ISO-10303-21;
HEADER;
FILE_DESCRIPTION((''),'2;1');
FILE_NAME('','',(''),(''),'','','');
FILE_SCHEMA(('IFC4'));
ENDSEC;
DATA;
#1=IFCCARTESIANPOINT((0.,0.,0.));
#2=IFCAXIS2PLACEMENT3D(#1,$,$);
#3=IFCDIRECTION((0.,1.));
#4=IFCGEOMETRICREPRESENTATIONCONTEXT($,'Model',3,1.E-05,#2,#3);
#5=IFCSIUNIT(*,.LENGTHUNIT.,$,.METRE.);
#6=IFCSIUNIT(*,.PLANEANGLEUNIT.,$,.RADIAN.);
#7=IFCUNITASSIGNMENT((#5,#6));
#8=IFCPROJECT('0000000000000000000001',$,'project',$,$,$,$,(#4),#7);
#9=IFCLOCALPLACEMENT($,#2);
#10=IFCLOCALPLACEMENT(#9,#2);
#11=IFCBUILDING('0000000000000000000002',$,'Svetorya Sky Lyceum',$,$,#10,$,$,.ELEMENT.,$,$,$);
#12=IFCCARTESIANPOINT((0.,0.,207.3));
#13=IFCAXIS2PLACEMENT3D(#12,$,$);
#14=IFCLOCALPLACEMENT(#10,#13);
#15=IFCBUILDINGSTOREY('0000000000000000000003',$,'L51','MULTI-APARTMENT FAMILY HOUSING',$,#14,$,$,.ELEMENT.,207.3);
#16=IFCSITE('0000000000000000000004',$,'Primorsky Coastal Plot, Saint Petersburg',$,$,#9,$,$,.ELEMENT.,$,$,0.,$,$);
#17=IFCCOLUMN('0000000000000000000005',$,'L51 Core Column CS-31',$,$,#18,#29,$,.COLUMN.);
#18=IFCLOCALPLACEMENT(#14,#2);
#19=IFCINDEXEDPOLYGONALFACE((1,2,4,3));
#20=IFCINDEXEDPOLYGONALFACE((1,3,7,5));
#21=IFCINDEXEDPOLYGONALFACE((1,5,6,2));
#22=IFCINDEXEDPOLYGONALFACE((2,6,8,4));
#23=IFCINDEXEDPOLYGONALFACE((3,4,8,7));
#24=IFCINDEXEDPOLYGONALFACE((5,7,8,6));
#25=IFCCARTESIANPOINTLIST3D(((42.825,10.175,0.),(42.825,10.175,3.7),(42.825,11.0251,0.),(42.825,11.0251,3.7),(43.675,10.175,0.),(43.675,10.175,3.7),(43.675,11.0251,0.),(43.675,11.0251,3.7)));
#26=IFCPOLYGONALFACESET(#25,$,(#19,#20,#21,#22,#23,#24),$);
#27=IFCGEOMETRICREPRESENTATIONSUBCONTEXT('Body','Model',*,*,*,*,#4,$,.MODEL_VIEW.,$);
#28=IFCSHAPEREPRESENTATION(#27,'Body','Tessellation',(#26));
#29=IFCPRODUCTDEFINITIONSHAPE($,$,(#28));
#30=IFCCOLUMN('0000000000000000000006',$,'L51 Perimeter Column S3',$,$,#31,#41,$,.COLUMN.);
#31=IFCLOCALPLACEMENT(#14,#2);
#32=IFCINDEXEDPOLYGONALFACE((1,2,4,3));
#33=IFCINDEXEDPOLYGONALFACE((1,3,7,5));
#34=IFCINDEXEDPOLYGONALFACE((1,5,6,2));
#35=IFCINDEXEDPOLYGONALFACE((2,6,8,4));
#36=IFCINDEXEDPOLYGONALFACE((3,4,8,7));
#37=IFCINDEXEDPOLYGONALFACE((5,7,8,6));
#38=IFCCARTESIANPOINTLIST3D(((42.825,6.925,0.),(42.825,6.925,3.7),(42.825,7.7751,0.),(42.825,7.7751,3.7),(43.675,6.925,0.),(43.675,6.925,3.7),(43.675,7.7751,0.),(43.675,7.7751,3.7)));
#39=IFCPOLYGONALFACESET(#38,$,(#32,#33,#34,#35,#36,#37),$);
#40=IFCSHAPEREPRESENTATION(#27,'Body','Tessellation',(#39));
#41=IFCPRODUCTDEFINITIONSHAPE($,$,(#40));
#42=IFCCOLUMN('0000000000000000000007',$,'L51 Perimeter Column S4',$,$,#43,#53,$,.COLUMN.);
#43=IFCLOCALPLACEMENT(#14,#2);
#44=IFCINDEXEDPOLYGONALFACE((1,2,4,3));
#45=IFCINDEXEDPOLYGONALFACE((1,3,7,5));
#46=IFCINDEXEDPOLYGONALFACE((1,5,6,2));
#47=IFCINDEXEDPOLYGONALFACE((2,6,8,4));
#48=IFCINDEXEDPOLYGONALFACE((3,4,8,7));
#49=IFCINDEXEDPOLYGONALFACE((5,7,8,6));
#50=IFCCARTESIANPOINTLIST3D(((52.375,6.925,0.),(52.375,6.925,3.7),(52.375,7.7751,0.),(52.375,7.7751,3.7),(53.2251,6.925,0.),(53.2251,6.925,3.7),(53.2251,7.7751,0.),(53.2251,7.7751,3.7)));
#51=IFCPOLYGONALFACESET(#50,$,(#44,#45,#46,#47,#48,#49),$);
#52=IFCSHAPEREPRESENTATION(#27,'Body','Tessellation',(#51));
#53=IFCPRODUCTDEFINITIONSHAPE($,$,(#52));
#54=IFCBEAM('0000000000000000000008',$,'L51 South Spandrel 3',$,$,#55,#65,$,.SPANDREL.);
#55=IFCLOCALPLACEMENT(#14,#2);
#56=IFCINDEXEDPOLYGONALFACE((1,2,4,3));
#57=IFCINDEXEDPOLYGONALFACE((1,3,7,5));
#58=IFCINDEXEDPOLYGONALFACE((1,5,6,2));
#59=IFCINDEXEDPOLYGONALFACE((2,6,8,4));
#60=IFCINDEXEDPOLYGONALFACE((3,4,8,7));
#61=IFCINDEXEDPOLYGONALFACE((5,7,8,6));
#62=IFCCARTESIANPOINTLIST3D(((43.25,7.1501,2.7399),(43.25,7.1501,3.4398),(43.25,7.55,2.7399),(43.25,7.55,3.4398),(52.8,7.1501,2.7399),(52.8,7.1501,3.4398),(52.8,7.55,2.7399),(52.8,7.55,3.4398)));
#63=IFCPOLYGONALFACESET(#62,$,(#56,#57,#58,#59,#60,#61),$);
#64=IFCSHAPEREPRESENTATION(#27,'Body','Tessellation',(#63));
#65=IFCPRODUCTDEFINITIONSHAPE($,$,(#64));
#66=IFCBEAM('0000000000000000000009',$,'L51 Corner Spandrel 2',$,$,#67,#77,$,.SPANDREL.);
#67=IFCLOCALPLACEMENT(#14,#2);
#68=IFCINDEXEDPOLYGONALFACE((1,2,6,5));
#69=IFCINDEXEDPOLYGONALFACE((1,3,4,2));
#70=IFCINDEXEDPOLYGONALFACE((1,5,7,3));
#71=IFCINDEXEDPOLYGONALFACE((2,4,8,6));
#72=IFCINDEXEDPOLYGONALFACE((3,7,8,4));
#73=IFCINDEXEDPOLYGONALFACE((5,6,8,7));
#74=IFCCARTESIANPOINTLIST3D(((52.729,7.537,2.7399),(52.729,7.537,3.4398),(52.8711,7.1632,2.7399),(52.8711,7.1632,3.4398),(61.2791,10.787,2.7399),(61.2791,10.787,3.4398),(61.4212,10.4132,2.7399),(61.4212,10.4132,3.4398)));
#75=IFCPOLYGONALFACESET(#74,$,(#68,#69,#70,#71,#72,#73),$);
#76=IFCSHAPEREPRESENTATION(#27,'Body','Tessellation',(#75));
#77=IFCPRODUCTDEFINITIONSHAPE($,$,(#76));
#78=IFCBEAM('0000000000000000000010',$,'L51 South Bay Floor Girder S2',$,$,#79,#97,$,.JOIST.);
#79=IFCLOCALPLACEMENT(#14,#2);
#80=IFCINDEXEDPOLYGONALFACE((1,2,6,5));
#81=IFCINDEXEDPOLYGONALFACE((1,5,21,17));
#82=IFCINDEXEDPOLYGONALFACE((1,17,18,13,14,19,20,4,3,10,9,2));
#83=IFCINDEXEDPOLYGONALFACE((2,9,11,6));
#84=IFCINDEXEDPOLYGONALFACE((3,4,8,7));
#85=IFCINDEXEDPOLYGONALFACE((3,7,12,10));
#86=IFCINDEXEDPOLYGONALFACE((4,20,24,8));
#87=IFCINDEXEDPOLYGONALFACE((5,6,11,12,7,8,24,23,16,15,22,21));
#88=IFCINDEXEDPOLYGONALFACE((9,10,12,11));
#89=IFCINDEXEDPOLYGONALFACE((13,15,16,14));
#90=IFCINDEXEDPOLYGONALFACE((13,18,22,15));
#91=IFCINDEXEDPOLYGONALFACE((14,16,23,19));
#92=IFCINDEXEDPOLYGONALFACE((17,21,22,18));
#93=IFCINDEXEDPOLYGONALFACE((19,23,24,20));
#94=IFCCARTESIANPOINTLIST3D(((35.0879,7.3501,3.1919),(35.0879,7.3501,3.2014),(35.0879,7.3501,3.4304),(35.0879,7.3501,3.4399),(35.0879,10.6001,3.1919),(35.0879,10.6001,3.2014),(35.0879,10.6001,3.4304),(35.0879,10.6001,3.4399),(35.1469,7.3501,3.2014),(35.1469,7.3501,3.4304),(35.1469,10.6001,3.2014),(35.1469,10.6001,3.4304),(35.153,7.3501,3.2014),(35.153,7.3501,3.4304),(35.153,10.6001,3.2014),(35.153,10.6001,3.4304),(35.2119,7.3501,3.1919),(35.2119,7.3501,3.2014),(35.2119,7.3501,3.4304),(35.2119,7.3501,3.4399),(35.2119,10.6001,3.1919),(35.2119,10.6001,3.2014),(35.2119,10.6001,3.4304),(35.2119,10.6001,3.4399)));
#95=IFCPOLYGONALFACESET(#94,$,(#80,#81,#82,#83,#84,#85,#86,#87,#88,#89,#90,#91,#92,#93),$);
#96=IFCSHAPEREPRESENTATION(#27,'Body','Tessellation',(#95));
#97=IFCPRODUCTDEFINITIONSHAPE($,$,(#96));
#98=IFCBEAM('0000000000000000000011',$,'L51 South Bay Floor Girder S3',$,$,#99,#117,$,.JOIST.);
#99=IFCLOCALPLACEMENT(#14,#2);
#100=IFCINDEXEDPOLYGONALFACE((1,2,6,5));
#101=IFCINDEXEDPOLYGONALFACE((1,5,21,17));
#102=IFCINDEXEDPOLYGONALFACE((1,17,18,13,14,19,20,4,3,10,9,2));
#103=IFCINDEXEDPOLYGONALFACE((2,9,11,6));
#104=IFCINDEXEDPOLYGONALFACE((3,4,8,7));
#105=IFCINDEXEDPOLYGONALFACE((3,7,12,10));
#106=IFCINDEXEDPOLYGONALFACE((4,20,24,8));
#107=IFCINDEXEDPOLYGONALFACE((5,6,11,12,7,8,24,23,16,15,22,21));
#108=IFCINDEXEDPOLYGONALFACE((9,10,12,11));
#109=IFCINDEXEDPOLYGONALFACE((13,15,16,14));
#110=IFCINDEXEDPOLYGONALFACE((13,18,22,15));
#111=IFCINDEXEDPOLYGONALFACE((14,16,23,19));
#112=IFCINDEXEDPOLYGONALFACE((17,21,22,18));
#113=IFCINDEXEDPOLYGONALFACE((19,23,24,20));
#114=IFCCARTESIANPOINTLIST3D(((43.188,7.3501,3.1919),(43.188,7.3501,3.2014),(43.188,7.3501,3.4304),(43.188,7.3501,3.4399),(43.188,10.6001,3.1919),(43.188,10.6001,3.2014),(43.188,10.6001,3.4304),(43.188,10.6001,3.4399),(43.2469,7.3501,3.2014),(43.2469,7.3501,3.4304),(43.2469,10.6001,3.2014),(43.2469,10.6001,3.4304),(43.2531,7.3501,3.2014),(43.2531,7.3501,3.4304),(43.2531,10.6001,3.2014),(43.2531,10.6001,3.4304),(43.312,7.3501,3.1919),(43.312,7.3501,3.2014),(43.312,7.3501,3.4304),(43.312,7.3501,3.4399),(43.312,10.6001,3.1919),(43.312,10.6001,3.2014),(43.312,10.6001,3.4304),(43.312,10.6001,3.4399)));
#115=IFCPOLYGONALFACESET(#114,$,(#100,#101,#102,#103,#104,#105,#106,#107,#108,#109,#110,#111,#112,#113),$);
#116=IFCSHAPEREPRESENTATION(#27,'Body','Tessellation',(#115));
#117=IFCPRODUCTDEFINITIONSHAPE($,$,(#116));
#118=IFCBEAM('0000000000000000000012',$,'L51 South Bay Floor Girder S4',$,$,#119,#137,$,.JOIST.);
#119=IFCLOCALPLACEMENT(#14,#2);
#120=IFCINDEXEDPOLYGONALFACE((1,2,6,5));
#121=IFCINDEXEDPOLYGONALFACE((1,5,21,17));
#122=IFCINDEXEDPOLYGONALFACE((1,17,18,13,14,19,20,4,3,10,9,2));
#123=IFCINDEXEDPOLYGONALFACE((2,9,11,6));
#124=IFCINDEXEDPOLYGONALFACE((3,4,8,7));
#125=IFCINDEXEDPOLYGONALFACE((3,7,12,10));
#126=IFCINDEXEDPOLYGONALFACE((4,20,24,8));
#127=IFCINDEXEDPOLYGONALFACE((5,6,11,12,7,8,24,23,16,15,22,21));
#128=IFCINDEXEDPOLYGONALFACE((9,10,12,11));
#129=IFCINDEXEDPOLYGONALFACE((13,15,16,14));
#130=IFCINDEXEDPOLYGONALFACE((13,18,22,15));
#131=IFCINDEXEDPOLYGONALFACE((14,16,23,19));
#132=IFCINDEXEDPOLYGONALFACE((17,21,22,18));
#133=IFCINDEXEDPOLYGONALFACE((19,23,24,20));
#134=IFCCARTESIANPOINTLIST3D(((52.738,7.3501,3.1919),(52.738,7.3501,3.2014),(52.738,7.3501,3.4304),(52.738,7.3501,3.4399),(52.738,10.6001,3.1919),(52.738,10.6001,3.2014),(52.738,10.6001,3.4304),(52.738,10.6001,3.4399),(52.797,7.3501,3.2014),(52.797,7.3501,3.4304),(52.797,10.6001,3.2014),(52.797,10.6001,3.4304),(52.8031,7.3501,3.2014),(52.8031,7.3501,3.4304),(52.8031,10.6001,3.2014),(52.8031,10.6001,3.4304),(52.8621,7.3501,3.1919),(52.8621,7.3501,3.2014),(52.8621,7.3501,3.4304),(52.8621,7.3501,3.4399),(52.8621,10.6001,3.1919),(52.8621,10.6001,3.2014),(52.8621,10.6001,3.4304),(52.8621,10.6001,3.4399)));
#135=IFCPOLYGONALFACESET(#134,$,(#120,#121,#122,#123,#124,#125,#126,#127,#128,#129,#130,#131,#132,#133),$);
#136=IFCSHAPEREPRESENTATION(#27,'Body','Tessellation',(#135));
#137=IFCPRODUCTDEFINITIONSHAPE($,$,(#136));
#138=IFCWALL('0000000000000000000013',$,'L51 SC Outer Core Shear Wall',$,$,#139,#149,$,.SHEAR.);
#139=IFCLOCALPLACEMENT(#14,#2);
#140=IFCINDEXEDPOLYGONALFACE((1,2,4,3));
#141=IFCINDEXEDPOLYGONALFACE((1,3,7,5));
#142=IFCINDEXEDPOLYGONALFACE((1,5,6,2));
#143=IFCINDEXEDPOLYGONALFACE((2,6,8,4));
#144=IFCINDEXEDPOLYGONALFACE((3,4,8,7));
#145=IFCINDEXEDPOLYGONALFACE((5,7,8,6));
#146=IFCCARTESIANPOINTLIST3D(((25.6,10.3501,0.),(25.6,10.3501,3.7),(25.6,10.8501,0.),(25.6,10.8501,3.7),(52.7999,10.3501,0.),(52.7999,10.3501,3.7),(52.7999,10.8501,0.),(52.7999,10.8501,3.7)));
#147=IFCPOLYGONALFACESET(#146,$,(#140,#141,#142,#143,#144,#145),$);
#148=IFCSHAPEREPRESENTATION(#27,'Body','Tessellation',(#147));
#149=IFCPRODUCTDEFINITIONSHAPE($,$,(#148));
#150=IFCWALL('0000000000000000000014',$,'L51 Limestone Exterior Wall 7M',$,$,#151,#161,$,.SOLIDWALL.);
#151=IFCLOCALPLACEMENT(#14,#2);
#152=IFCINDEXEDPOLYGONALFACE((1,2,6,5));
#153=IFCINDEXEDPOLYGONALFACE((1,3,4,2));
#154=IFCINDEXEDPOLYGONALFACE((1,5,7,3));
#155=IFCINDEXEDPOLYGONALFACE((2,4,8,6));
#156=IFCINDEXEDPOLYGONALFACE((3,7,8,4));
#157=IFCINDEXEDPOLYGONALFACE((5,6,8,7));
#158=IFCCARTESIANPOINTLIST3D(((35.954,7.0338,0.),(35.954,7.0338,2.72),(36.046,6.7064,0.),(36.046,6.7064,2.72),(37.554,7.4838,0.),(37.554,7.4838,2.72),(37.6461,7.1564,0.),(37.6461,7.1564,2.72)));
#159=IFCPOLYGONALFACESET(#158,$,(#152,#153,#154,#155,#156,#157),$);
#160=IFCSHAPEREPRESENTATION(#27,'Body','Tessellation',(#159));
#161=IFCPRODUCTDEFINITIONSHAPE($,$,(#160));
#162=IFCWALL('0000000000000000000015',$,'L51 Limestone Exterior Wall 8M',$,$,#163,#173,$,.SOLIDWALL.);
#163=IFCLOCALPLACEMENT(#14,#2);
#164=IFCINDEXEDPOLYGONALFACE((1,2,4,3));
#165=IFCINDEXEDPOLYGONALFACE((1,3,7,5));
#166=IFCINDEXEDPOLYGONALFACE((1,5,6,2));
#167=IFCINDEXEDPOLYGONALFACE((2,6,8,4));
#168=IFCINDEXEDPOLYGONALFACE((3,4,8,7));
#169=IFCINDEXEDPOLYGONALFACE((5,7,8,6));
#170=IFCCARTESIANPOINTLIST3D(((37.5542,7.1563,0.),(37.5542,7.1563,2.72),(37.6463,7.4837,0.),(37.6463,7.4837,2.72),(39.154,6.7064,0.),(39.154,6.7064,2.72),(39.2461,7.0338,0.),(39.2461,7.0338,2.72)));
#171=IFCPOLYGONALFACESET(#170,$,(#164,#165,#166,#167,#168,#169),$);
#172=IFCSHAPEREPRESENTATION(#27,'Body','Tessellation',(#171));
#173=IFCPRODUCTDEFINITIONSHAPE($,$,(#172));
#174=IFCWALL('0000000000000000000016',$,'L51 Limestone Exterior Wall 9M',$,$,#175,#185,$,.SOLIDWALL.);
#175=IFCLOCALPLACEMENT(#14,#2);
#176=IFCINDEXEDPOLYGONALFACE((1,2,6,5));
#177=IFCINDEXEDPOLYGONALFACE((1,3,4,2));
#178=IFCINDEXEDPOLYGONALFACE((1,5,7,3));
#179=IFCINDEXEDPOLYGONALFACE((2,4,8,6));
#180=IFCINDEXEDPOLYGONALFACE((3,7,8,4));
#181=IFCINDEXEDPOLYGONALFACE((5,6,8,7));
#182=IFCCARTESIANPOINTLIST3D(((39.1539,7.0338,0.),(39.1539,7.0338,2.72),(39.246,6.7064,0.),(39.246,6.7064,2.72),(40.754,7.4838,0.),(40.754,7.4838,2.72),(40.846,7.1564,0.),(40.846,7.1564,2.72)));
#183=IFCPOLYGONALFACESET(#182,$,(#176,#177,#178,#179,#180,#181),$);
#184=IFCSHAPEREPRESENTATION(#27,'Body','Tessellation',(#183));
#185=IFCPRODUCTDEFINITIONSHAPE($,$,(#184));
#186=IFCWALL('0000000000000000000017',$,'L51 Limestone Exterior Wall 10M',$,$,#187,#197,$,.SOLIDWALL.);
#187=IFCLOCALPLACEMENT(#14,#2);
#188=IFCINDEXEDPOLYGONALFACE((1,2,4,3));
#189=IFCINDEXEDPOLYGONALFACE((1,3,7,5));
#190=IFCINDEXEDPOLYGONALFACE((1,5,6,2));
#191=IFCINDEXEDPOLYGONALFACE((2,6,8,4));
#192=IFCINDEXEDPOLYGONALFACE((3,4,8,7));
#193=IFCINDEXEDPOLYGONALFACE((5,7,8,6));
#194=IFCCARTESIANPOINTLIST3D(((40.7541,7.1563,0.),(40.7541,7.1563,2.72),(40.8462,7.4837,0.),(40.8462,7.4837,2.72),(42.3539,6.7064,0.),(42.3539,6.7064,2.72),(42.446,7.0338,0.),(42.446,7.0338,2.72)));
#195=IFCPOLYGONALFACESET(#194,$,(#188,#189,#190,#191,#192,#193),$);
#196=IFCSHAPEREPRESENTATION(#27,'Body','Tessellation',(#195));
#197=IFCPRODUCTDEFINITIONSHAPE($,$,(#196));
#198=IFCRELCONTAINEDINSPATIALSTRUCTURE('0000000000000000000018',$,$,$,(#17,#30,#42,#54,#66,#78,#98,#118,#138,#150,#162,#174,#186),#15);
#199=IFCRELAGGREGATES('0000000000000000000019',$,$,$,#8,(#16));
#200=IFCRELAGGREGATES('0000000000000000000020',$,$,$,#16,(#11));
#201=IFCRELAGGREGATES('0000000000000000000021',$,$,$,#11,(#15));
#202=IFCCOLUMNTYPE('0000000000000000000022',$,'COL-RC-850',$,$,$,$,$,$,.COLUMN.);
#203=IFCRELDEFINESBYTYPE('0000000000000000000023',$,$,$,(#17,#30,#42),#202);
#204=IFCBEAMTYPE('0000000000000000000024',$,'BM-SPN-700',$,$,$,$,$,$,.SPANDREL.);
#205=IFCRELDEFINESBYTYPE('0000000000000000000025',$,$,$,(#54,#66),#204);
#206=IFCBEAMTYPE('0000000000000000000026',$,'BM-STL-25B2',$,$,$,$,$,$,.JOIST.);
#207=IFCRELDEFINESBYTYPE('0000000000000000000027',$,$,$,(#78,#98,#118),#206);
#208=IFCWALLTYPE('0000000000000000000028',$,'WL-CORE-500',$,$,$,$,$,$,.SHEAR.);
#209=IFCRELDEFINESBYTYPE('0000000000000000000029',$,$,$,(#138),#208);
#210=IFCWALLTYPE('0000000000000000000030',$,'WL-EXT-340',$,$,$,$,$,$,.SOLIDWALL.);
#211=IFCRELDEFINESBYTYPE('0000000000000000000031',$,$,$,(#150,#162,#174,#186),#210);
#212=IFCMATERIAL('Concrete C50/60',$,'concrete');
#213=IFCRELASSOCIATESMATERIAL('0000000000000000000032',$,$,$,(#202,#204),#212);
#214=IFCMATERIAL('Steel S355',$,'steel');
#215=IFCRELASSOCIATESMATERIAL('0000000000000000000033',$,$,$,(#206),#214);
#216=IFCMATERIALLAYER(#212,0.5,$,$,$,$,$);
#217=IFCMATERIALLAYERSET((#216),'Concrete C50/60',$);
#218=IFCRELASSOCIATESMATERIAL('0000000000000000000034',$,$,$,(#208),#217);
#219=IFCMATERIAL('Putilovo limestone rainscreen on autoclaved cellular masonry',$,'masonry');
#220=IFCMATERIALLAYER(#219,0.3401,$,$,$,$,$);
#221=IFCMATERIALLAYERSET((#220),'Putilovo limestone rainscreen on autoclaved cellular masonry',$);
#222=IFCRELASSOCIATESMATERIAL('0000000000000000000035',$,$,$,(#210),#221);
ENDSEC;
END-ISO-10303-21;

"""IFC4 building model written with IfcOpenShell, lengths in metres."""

from ifc_helpers import new_model, si_unit, direction, frame, frame_2d, origin, origin_2d, place, context, subcontext, project, spatial, rectangle, i_section, extrude, material, layer, layer_set, material_profile, profile_set, type_object, element, save


model = new_model("IFC4")

# Units and contexts
model_context = context("Model", 3, precision=1e-05, world=origin(), true_north=direction((0.0, 1.0)))
body_context = subcontext(model_context, "Body", "Model", "MODEL_VIEW")
ifc_project = project(units=[si_unit("LENGTHUNIT", "METRE"), si_unit("PLANEANGLEUNIT", "RADIAN")], contexts=[model_context])

# Site, building, storey
site_placement = place(None, origin())
site = spatial("IfcSite", under=ifc_project, at=site_placement, Name="Primorsky Coastal Plot, Saint Petersburg", CompositionType="ELEMENT", RefElevation=0.0)
building_placement = place(site_placement, origin())
building = spatial("IfcBuilding", under=site, at=building_placement, Name="Svetorya Sky Lyceum", CompositionType="ELEMENT")
storey_placement = place(building_placement, frame((0.0, 0.0, 207.3)))
storey = spatial("IfcBuildingStorey", under=building, at=storey_placement, Name="L51", Description="MULTI-APARTMENT FAMILY HOUSING", CompositionType="ELEMENT", Elevation=207.3)

# Columns
ifc_material_1 = material(Name="Concrete C50/60", Category="concrete")
ifc_material_profile_1 = material_profile(ifc_material_1, rectangle(XDim=0.8501, YDim=0.8501, at=origin_2d()), Name="RC COL 850x850")
ifc_profile_set_1 = profile_set([ifc_material_profile_1], Name="Concrete C50/60")
column_type = type_object("IfcColumnType", Name="COL-RC-850", PredefinedType="COLUMN", material=ifc_profile_set_1)
for number, where, z_axis, x_axis, name in (
    (1, (43.25, 10.6001, 0.0), (0.0, 0.0, 1.0), (1.0, 0.0, 0.0), "L51 Core Column CS-31"),
    (2, (43.25, 7.3501, 0.0), (0.0, 0.0, 1.0), (1.0, 0.0, 0.0), "L51 Perimeter Column S3"),
    (3, (52.8, 7.3501, 0.0), (0.0, 0.0, 1.0), (1.0, 0.0, 0.0), "L51 Perimeter Column S4"),
):
    element("IfcColumn", number, at=place(storey_placement, frame(where, z_axis=z_axis, x_axis=x_axis)), inside=storey, type_object=column_type, Name=name, PredefinedType="COLUMN", context=body_context, shape_type="SweptSolid", body=[
        extrude(rectangle(XDim=0.8501, YDim=0.8501, at=origin_2d()), origin(), (0.0, 0.0, 1.0), 3.7),
    ])

# Beams
ifc_material_profile_2 = material_profile(ifc_material_1, rectangle(XDim=0.3999, YDim=0.7, at=origin_2d()), Name="RC SPANDREL 400x700")
ifc_profile_set_2 = profile_set([ifc_material_profile_2], Name="Concrete C50/60")
beam_type_1 = type_object("IfcBeamType", Name="BM-SPN-700", PredefinedType="SPANDREL", material=ifc_profile_set_2)
beam_1_placement = place(storey_placement, frame((43.25, 7.3501, 3.0898), z_axis=(1.0, 0.0, 0.0), x_axis=(0.0, 1.0, 0.0)))
element("IfcBeam", 4, at=beam_1_placement, inside=storey, type_object=beam_type_1, Name="L51 South Spandrel 3", PredefinedType="SPANDREL", context=body_context, shape_type="SweptSolid", body=[
    extrude(rectangle(XDim=0.3999, YDim=0.7, at=origin_2d()), origin(), (0.0, 0.0, 1.0), 9.55),
])
beam_2_placement = place(storey_placement, frame((52.8, 7.3501, 3.0898), z_axis=(0.934748, 0.355312, 0.0), x_axis=(-0.355312, 0.934748, 0.0)))
element("IfcBeam", 5, at=beam_2_placement, inside=storey, type_object=beam_type_1, Name="L51 Corner Spandrel 2", PredefinedType="SPANDREL", context=body_context, shape_type="SweptSolid", body=[
    extrude(rectangle(XDim=0.3999, YDim=0.7, at=origin_2d()), origin(), (0.0, 0.0, 1.0), 9.147),
])
ifc_material_2 = material(Name="Steel S355", Category="steel")
ifc_material_profile_3 = material_profile(ifc_material_2, i_section(OverallWidth=0.124, OverallDepth=0.248, WebThickness=0.0061, FlangeThickness=0.0095, at=origin_2d()), Name="GOST 25B2")
ifc_profile_set_3 = profile_set([ifc_material_profile_3], Name="Steel S355")
beam_type_2 = type_object("IfcBeamType", Name="BM-STL-25B2", PredefinedType="JOIST", material=ifc_profile_set_3)
for number, where, z_axis, x_axis, name in (
    (6, (35.1499, 7.3501, 3.3159), (0.0, 1.0, 0.0), (-1.0, 0.0, 0.0), "L51 South Bay Floor Girder S2"),
    (7, (43.25, 7.3501, 3.3159), (0.0, 1.0, 0.0), (-1.0, 0.0, 0.0), "L51 South Bay Floor Girder S3"),
    (8, (52.8, 7.3501, 3.3159), (0.0, 1.0, 0.0), (-1.0, 0.0, 0.0), "L51 South Bay Floor Girder S4"),
):
    element("IfcBeam", number, at=place(storey_placement, frame(where, z_axis=z_axis, x_axis=x_axis)), inside=storey, type_object=beam_type_2, Name=name, PredefinedType="JOIST", context=body_context, shape_type="SweptSolid", body=[
        extrude(i_section(OverallWidth=0.124, OverallDepth=0.248, WebThickness=0.0061, FlangeThickness=0.0095, at=origin_2d()), origin(), (0.0, 0.0, 1.0), 3.25),
    ])

# Walls
ifc_layer_1 = layer(ifc_material_1, 0.5)
ifc_layer_set_1 = layer_set([ifc_layer_1], Name="Concrete C50/60")
wall_type_1 = type_object("IfcWallType", Name="WL-CORE-500", PredefinedType="SHEAR", material=ifc_layer_set_1)
wall_1_placement = place(storey_placement, frame((52.8, 10.6001, 0.0), z_axis=(0.0, 0.0, 1.0), x_axis=(-1.0, 0.0, 0.0)))
element("IfcWall", 9, at=wall_1_placement, inside=storey, type_object=wall_type_1, Name="L51 SC Outer Core Shear Wall", PredefinedType="SHEAR", context=body_context, shape_type="SweptSolid", body=[
    extrude(rectangle(XDim=27.2, YDim=0.5, at=frame_2d((13.6001, 0.0))), origin(), (0.0, 0.0, 1.0), 3.7),
])
ifc_material_3 = material(Name="Putilovo limestone rainscreen on autoclaved cellular masonry", Category="masonry")
ifc_layer_2 = layer(ifc_material_3, 0.3401)
ifc_layer_set_2 = layer_set([ifc_layer_2], Name="Putilovo limestone rainscreen on autoclaved cellular masonry")
wall_type_2 = type_object("IfcWallType", Name="WL-EXT-340", PredefinedType="SOLIDWALL", material=ifc_layer_set_2)
wall_2_placement = place(storey_placement, frame((36.0, 6.8701, 0.0), z_axis=(0.0, 0.0, 1.0), x_axis=(0.962663, 0.270703, 0.0)))
element("IfcWall", 10, at=wall_2_placement, inside=storey, type_object=wall_type_2, Name="L51 Limestone Exterior Wall 7M", PredefinedType="SOLIDWALL", context=body_context, shape_type="SweptSolid", body=[
    extrude(rectangle(XDim=1.6621, YDim=0.3401, at=frame_2d((0.8311, 0.0))), origin(), (0.0, 0.0, 1.0), 2.72),
])
wall_3_placement = place(storey_placement, frame((37.6001, 7.3201, 0.0), z_axis=(0.0, 0.0, 1.0), x_axis=(0.962652, -0.270741, 0.0)))
element("IfcWall", 11, at=wall_3_placement, inside=storey, type_object=wall_type_2, Name="L51 Limestone Exterior Wall 8M", PredefinedType="SOLIDWALL", context=body_context, shape_type="SweptSolid", body=[
    extrude(rectangle(XDim=1.6619, YDim=0.3401, at=frame_2d((0.8311, 0.0))), origin(), (0.0, 0.0, 1.0), 2.72),
])
wall_4_placement = place(storey_placement, frame((39.2, 6.8701, 0.0), z_axis=(0.0, 0.0, 1.0), x_axis=(0.962663, 0.270703, 0.0)))
element("IfcWall", 12, at=wall_4_placement, inside=storey, type_object=wall_type_2, Name="L51 Limestone Exterior Wall 9M", PredefinedType="SOLIDWALL", context=body_context, shape_type="SweptSolid", body=[
    extrude(rectangle(XDim=1.6621, YDim=0.3401, at=frame_2d((0.8311, 0.0))), origin(), (0.0, 0.0, 1.0), 2.72),
])
wall_5_placement = place(storey_placement, frame((40.8, 7.3201, 0.0), z_axis=(0.0, 0.0, 1.0), x_axis=(0.962652, -0.270741, 0.0)))
element("IfcWall", 13, at=wall_5_placement, inside=storey, type_object=wall_type_2, Name="L51 Limestone Exterior Wall 10M", PredefinedType="SOLIDWALL", context=body_context, shape_type="SweptSolid", body=[
    extrude(rectangle(XDim=1.6619, YDim=0.3401, at=frame_2d((0.8311, 0.0))), origin(), (0.0, 0.0, 1.0), 2.72),
])

save(model, "model.ifc")
